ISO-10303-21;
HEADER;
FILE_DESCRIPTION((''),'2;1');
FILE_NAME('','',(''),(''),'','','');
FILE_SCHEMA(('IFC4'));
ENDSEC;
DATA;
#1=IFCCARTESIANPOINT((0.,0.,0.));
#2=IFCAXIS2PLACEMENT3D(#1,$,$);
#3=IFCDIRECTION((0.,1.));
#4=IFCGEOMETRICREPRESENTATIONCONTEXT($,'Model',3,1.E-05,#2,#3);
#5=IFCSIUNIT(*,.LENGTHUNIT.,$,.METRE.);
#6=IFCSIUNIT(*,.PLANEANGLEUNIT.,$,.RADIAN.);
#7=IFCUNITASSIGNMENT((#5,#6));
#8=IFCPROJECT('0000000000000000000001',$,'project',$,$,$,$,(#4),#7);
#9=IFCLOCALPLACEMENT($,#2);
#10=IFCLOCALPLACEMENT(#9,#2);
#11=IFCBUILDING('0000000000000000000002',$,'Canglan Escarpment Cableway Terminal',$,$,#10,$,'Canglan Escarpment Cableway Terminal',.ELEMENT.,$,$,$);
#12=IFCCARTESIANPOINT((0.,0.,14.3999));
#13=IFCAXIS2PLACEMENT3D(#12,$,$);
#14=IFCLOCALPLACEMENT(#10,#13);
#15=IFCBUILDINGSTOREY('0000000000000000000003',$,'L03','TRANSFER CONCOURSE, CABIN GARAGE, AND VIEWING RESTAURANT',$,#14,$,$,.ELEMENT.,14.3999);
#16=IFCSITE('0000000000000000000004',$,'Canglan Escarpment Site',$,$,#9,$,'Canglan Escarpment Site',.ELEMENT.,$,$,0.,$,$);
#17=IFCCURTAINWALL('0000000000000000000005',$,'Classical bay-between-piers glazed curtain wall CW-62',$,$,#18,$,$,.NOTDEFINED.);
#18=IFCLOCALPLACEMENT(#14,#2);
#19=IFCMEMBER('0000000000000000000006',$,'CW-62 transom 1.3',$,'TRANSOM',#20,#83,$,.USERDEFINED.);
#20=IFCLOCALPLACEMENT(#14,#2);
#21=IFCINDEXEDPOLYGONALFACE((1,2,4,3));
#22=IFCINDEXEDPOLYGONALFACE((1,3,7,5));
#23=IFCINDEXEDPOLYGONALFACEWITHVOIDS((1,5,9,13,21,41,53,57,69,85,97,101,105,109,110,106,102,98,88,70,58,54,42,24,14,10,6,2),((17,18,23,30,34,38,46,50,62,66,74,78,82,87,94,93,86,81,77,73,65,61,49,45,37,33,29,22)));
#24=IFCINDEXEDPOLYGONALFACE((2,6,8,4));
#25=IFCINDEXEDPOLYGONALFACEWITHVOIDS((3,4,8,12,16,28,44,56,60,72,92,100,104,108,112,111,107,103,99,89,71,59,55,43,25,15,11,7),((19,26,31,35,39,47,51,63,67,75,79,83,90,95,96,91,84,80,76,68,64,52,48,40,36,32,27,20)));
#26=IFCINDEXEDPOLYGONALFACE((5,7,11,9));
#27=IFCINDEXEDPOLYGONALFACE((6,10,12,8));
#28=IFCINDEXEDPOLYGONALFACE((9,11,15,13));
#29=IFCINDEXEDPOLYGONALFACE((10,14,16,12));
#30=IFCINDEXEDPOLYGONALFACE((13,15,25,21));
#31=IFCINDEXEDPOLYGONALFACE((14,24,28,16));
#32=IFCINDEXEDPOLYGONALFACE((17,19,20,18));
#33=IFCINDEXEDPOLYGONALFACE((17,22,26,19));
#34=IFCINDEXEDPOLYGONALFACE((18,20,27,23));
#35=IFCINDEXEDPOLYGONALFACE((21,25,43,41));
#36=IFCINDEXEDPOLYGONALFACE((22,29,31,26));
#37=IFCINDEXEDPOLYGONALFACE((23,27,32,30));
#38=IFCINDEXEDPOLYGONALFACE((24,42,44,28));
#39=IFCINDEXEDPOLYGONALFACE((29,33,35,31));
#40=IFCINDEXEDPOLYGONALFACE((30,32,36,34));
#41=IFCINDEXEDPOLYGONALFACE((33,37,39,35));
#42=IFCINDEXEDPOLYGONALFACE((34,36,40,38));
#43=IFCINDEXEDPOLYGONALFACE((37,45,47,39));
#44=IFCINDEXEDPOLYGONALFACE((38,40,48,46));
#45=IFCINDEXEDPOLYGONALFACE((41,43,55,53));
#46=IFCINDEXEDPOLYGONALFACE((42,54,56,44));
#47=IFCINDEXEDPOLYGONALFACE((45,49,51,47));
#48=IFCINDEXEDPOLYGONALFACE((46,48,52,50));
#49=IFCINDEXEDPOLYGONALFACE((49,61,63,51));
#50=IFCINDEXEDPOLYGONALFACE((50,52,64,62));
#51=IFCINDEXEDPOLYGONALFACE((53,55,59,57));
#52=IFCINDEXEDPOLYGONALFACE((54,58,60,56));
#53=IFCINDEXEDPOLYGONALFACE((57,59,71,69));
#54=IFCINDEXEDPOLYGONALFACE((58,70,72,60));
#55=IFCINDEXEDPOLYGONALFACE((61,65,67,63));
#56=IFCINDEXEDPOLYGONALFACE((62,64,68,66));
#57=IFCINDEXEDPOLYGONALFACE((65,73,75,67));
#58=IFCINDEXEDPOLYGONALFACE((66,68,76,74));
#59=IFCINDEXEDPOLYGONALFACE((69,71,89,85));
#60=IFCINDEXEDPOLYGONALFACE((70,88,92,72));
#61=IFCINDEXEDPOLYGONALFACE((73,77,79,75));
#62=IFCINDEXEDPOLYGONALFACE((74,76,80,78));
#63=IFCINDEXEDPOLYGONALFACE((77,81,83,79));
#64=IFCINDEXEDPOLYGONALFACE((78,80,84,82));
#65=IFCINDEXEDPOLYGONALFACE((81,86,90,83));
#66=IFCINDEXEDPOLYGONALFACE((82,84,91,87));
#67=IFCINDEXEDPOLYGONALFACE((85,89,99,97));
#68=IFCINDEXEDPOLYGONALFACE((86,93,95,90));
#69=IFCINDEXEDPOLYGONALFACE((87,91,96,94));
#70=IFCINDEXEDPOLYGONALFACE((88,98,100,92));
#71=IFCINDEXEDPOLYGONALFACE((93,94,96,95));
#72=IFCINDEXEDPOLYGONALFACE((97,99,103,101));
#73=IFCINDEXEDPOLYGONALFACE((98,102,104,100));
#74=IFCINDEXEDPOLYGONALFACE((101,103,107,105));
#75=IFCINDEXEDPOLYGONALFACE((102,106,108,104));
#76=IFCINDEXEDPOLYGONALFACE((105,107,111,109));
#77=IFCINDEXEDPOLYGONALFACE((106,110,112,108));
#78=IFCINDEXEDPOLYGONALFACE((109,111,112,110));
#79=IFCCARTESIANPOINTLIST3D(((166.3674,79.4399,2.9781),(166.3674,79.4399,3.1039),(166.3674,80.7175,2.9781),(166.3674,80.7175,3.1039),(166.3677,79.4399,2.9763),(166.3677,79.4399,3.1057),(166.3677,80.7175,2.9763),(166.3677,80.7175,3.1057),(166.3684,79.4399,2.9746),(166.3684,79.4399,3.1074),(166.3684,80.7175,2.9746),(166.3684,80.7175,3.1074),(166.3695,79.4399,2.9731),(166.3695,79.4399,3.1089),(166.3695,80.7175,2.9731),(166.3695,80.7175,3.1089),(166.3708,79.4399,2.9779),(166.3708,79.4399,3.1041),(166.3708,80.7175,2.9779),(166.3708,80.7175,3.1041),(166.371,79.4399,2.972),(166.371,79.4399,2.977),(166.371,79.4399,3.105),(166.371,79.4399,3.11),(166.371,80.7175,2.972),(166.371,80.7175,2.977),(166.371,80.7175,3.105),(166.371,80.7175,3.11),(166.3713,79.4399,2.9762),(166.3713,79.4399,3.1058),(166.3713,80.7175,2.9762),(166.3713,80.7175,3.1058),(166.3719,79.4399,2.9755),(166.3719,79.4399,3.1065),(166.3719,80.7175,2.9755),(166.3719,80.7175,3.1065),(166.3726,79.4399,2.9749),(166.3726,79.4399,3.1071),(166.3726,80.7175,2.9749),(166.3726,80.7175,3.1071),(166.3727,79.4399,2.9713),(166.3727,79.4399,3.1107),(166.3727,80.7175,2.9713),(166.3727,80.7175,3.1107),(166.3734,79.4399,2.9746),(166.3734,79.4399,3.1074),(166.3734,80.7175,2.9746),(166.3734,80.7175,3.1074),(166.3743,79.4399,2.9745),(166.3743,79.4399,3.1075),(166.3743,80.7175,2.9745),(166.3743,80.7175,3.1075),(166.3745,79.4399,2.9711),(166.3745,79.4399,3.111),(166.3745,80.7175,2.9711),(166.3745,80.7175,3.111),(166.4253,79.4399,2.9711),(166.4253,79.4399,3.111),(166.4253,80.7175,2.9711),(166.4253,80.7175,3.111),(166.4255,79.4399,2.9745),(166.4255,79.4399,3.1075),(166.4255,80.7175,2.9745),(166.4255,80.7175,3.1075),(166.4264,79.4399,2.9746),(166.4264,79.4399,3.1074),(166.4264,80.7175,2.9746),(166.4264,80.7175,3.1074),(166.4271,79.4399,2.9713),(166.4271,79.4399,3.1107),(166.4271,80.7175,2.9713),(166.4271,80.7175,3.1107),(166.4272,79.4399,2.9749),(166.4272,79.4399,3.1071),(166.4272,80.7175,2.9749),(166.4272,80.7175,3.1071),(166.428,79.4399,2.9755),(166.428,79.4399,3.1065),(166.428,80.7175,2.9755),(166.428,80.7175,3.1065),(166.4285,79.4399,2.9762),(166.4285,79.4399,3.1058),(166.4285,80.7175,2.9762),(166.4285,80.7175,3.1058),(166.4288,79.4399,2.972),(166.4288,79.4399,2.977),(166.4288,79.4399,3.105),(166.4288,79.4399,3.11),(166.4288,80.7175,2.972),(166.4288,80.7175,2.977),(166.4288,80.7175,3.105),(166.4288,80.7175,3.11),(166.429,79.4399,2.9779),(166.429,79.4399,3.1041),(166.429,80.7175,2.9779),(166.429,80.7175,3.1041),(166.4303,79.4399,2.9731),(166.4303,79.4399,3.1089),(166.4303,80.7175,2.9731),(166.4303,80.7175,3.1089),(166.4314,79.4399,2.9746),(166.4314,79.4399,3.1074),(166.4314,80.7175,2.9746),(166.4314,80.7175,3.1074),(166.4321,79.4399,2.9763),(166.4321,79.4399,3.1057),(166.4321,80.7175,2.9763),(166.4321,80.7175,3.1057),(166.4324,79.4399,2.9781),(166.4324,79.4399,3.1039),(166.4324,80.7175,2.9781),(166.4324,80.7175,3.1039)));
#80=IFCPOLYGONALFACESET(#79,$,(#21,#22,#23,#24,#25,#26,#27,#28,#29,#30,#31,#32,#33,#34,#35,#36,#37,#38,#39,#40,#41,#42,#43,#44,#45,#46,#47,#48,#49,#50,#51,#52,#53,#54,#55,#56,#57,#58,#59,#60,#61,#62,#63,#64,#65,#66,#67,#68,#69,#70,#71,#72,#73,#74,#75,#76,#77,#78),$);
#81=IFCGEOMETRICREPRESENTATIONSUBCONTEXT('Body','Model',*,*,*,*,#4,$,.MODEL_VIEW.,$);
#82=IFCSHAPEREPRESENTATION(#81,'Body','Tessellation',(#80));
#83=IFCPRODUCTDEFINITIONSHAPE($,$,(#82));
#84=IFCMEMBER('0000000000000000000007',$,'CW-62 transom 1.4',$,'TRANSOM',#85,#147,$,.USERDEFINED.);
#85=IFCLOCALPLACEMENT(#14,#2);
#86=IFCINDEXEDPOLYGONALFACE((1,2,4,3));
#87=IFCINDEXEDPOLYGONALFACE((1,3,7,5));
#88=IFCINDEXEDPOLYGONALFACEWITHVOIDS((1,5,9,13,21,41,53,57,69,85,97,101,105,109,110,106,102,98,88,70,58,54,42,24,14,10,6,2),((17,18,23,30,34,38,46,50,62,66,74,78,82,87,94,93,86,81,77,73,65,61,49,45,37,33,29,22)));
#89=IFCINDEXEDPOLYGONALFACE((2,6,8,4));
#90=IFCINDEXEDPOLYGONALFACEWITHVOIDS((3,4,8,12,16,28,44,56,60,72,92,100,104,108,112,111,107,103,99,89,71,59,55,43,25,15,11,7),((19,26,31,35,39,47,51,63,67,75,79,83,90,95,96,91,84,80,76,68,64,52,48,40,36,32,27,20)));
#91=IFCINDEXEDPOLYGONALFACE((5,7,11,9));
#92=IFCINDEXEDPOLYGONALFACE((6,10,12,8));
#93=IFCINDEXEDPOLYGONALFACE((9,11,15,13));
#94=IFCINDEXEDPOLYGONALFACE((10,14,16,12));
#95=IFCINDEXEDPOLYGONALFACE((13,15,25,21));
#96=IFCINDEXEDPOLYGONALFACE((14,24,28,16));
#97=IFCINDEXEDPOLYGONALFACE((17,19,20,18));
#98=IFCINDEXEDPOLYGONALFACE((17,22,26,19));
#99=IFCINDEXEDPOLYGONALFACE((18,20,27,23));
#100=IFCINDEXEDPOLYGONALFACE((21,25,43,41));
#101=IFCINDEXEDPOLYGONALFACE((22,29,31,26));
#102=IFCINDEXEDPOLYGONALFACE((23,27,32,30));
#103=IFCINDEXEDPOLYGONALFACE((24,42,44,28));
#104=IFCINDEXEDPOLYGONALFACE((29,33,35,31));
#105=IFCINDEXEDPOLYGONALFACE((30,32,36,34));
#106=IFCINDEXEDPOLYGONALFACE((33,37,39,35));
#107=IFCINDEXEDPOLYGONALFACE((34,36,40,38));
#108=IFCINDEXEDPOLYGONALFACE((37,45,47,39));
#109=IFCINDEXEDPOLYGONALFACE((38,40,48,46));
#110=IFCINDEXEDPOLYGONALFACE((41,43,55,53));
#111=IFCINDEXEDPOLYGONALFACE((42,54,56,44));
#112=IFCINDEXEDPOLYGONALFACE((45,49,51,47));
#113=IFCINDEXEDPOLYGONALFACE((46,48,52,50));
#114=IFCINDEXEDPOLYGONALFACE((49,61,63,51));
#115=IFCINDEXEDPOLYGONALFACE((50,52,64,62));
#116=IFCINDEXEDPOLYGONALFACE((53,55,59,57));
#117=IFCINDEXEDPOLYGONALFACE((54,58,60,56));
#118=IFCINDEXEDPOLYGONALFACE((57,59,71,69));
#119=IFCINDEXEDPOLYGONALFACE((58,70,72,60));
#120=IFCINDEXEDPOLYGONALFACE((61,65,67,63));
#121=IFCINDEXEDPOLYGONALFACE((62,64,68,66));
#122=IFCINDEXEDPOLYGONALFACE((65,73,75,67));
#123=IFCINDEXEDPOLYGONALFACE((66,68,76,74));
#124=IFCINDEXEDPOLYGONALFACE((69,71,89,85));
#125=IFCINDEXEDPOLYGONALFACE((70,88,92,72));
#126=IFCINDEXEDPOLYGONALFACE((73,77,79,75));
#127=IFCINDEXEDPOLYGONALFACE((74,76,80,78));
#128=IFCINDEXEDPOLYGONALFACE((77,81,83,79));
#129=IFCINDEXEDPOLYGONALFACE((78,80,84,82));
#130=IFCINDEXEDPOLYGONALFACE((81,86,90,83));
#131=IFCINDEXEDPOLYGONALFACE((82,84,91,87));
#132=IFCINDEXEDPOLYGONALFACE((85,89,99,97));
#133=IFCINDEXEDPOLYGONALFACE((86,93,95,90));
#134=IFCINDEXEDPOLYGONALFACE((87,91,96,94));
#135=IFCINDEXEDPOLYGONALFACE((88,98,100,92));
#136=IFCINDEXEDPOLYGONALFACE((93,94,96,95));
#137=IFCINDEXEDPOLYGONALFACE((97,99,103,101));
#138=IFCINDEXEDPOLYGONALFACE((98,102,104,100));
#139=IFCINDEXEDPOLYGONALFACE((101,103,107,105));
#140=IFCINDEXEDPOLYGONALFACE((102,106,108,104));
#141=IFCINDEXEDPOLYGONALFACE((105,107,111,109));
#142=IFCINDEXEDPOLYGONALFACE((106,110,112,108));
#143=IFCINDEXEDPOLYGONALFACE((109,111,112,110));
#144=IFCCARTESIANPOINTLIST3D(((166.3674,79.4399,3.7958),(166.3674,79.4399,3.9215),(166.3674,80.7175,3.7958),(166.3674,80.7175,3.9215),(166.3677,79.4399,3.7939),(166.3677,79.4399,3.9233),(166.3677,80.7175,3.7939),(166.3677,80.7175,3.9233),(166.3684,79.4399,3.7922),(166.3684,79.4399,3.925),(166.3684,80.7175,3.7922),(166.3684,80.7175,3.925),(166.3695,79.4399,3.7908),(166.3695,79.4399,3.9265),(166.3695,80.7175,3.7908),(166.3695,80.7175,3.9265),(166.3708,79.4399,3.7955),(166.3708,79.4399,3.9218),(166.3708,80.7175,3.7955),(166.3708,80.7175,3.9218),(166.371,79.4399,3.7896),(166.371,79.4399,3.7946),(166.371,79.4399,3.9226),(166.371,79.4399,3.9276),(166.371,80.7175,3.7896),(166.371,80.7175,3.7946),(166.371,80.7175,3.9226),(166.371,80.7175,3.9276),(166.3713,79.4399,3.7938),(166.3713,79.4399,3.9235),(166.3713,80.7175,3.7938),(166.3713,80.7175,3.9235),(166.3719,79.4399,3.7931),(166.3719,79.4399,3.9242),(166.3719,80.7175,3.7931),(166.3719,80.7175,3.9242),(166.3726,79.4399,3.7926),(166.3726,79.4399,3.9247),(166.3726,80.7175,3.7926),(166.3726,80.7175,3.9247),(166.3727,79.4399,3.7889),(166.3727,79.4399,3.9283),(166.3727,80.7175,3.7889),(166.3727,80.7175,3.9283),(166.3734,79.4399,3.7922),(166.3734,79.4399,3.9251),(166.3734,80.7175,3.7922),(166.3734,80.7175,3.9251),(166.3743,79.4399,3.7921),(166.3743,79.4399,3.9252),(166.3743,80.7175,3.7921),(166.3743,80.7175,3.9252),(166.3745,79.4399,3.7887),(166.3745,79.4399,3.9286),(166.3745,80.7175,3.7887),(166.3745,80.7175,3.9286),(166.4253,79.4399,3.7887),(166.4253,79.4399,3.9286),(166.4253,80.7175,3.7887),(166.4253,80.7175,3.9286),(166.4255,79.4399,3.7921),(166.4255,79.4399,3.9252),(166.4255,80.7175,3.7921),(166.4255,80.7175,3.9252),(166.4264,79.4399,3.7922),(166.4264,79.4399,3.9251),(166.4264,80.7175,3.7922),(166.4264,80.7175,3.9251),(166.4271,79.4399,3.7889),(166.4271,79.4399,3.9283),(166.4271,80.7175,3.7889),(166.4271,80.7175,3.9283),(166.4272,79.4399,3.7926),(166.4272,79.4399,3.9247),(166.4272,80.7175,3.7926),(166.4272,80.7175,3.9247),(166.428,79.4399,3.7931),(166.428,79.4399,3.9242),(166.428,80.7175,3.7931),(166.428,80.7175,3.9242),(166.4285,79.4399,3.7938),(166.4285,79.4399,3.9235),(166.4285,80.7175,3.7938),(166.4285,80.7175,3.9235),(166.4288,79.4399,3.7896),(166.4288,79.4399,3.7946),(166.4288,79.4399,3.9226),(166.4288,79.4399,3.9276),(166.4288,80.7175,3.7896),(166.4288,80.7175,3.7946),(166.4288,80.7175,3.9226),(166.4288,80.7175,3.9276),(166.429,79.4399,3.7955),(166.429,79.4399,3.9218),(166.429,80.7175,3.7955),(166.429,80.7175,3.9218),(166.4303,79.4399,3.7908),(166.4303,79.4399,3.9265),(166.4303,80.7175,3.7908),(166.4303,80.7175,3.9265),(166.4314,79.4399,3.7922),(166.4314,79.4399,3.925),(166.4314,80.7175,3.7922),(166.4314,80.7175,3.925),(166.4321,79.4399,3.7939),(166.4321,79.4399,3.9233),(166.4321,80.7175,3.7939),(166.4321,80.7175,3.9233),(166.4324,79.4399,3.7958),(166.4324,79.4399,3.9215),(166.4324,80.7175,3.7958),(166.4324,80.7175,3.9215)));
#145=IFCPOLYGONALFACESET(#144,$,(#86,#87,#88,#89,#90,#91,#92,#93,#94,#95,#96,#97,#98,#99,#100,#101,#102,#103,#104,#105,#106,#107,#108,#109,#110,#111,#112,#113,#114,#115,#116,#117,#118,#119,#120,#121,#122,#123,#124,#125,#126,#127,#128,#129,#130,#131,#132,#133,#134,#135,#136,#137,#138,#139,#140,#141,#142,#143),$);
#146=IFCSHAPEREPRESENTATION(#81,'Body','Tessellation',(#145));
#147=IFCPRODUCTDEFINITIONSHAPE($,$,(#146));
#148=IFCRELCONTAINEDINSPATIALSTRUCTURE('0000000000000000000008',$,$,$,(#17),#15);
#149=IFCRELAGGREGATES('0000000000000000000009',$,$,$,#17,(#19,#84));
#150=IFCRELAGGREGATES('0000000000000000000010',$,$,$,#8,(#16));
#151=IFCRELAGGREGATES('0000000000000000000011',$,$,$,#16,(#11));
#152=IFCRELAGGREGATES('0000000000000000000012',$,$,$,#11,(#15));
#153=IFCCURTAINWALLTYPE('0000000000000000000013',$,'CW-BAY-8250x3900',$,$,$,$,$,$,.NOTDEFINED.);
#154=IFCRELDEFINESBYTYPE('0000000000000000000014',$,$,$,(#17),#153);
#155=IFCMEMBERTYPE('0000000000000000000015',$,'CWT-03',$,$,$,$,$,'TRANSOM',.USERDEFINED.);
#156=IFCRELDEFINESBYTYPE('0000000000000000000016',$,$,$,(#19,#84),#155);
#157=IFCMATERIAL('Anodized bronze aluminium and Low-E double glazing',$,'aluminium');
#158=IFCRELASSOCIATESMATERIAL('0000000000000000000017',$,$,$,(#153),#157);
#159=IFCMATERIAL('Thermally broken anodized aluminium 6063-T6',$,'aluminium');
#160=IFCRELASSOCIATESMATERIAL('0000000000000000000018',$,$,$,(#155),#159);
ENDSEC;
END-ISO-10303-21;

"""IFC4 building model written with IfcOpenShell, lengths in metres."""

from ifc_helpers import new_model, si_unit, direction, frame, origin, origin_2d, place, context, subcontext, project, spatial, hollow_rectangle, extrude, material, material_profile, profile_set, type_object, element, aggregate, save


model = new_model("IFC4")

# Units and contexts
model_context = context("Model", 3, precision=1e-05, world=origin(), true_north=direction((0.0, 1.0)))
body_context = subcontext(model_context, "Body", "Model", "MODEL_VIEW")
ifc_project = project(units=[si_unit("LENGTHUNIT", "METRE"), si_unit("PLANEANGLEUNIT", "RADIAN")], contexts=[model_context])

# Site, building, storey
site_placement = place(None, origin())
site = spatial("IfcSite", under=ifc_project, at=site_placement, Name="Canglan Escarpment Site", LongName="Canglan Escarpment Site", CompositionType="ELEMENT", RefElevation=0.0)
building_placement = place(site_placement, origin())
building = spatial("IfcBuilding", under=site, at=building_placement, Name="Canglan Escarpment Cableway Terminal", LongName="Canglan Escarpment Cableway Terminal", CompositionType="ELEMENT")
storey_placement = place(building_placement, frame((0.0, 0.0, 14.3999)))
storey = spatial("IfcBuildingStorey", under=building, at=storey_placement, Name="L03", Description="TRANSFER CONCOURSE, CABIN GARAGE, AND VIEWING RESTAURANT", CompositionType="ELEMENT", Elevation=14.3999)

# Curtain wall, members
ifc_material_1 = material(Name="Anodized bronze aluminium and Low-E double glazing", Category="aluminium")
curtain_wall_type = type_object("IfcCurtainWallType", Name="CW-BAY-8250x3900", PredefinedType="NOTDEFINED", material=ifc_material_1)
curtain_wall_placement = place(storey_placement, origin())
curtain_wall = element("IfcCurtainWall", 1, at=curtain_wall_placement, inside=storey, type_object=curtain_wall_type, Name="Classical bay-between-piers glazed curtain wall CW-62", PredefinedType="NOTDEFINED")
ifc_material_2 = material(Name="Thermally broken anodized aluminium 6063-T6", Category="aluminium")
ifc_material_profile_1 = material_profile(ifc_material_2, hollow_rectangle(XDim=0.0649, YDim=0.1399, WallThickness=0.0034, InnerFilletRadius=0.0034, OuterFilletRadius=0.0071, at=origin_2d()), Name="ALU-TRAN 65x140x3.5")
ifc_profile_set_1 = profile_set([ifc_material_profile_1], Name="Thermally broken anodized aluminium 6063-T6")
member_type_1 = type_object("IfcMemberType", Name="CWT-03", ElementType="TRANSOM", PredefinedType="USERDEFINED", material=ifc_profile_set_1)
member_1_placement = place(storey_placement, frame((166.3999, 79.4399, 3.041), z_axis=(0.0, 1.0, 0.0), x_axis=(-1.0, 0.0, 0.0)))
member_1 = element("IfcMember", 2, at=member_1_placement, type_object=member_type_1, Name="CW-62 transom 1.3", ObjectType="TRANSOM", PredefinedType="USERDEFINED", context=body_context, shape_type="SweptSolid", body=[
    extrude(hollow_rectangle(XDim=0.0649, YDim=0.1399, WallThickness=0.0034, InnerFilletRadius=0.0034, OuterFilletRadius=0.0071, at=origin_2d()), origin(), (0.0, 0.0, 1.0), 1.2776),
])
member_2_placement = place(storey_placement, frame((166.3999, 79.4399, 3.8586), z_axis=(0.0, 1.0, 0.0), x_axis=(-1.0, 0.0, 0.0)))
member_2 = element("IfcMember", 3, at=member_2_placement, type_object=member_type_1, Name="CW-62 transom 1.4", ObjectType="TRANSOM", PredefinedType="USERDEFINED", context=body_context, shape_type="SweptSolid", body=[
    extrude(hollow_rectangle(XDim=0.0649, YDim=0.1399, WallThickness=0.0034, InnerFilletRadius=0.0034, OuterFilletRadius=0.0071, at=origin_2d()), origin(), (0.0, 0.0, 1.0), 1.2776),
])
aggregate(curtain_wall, [member_1, member_2])

save(model, "model.ifc")
